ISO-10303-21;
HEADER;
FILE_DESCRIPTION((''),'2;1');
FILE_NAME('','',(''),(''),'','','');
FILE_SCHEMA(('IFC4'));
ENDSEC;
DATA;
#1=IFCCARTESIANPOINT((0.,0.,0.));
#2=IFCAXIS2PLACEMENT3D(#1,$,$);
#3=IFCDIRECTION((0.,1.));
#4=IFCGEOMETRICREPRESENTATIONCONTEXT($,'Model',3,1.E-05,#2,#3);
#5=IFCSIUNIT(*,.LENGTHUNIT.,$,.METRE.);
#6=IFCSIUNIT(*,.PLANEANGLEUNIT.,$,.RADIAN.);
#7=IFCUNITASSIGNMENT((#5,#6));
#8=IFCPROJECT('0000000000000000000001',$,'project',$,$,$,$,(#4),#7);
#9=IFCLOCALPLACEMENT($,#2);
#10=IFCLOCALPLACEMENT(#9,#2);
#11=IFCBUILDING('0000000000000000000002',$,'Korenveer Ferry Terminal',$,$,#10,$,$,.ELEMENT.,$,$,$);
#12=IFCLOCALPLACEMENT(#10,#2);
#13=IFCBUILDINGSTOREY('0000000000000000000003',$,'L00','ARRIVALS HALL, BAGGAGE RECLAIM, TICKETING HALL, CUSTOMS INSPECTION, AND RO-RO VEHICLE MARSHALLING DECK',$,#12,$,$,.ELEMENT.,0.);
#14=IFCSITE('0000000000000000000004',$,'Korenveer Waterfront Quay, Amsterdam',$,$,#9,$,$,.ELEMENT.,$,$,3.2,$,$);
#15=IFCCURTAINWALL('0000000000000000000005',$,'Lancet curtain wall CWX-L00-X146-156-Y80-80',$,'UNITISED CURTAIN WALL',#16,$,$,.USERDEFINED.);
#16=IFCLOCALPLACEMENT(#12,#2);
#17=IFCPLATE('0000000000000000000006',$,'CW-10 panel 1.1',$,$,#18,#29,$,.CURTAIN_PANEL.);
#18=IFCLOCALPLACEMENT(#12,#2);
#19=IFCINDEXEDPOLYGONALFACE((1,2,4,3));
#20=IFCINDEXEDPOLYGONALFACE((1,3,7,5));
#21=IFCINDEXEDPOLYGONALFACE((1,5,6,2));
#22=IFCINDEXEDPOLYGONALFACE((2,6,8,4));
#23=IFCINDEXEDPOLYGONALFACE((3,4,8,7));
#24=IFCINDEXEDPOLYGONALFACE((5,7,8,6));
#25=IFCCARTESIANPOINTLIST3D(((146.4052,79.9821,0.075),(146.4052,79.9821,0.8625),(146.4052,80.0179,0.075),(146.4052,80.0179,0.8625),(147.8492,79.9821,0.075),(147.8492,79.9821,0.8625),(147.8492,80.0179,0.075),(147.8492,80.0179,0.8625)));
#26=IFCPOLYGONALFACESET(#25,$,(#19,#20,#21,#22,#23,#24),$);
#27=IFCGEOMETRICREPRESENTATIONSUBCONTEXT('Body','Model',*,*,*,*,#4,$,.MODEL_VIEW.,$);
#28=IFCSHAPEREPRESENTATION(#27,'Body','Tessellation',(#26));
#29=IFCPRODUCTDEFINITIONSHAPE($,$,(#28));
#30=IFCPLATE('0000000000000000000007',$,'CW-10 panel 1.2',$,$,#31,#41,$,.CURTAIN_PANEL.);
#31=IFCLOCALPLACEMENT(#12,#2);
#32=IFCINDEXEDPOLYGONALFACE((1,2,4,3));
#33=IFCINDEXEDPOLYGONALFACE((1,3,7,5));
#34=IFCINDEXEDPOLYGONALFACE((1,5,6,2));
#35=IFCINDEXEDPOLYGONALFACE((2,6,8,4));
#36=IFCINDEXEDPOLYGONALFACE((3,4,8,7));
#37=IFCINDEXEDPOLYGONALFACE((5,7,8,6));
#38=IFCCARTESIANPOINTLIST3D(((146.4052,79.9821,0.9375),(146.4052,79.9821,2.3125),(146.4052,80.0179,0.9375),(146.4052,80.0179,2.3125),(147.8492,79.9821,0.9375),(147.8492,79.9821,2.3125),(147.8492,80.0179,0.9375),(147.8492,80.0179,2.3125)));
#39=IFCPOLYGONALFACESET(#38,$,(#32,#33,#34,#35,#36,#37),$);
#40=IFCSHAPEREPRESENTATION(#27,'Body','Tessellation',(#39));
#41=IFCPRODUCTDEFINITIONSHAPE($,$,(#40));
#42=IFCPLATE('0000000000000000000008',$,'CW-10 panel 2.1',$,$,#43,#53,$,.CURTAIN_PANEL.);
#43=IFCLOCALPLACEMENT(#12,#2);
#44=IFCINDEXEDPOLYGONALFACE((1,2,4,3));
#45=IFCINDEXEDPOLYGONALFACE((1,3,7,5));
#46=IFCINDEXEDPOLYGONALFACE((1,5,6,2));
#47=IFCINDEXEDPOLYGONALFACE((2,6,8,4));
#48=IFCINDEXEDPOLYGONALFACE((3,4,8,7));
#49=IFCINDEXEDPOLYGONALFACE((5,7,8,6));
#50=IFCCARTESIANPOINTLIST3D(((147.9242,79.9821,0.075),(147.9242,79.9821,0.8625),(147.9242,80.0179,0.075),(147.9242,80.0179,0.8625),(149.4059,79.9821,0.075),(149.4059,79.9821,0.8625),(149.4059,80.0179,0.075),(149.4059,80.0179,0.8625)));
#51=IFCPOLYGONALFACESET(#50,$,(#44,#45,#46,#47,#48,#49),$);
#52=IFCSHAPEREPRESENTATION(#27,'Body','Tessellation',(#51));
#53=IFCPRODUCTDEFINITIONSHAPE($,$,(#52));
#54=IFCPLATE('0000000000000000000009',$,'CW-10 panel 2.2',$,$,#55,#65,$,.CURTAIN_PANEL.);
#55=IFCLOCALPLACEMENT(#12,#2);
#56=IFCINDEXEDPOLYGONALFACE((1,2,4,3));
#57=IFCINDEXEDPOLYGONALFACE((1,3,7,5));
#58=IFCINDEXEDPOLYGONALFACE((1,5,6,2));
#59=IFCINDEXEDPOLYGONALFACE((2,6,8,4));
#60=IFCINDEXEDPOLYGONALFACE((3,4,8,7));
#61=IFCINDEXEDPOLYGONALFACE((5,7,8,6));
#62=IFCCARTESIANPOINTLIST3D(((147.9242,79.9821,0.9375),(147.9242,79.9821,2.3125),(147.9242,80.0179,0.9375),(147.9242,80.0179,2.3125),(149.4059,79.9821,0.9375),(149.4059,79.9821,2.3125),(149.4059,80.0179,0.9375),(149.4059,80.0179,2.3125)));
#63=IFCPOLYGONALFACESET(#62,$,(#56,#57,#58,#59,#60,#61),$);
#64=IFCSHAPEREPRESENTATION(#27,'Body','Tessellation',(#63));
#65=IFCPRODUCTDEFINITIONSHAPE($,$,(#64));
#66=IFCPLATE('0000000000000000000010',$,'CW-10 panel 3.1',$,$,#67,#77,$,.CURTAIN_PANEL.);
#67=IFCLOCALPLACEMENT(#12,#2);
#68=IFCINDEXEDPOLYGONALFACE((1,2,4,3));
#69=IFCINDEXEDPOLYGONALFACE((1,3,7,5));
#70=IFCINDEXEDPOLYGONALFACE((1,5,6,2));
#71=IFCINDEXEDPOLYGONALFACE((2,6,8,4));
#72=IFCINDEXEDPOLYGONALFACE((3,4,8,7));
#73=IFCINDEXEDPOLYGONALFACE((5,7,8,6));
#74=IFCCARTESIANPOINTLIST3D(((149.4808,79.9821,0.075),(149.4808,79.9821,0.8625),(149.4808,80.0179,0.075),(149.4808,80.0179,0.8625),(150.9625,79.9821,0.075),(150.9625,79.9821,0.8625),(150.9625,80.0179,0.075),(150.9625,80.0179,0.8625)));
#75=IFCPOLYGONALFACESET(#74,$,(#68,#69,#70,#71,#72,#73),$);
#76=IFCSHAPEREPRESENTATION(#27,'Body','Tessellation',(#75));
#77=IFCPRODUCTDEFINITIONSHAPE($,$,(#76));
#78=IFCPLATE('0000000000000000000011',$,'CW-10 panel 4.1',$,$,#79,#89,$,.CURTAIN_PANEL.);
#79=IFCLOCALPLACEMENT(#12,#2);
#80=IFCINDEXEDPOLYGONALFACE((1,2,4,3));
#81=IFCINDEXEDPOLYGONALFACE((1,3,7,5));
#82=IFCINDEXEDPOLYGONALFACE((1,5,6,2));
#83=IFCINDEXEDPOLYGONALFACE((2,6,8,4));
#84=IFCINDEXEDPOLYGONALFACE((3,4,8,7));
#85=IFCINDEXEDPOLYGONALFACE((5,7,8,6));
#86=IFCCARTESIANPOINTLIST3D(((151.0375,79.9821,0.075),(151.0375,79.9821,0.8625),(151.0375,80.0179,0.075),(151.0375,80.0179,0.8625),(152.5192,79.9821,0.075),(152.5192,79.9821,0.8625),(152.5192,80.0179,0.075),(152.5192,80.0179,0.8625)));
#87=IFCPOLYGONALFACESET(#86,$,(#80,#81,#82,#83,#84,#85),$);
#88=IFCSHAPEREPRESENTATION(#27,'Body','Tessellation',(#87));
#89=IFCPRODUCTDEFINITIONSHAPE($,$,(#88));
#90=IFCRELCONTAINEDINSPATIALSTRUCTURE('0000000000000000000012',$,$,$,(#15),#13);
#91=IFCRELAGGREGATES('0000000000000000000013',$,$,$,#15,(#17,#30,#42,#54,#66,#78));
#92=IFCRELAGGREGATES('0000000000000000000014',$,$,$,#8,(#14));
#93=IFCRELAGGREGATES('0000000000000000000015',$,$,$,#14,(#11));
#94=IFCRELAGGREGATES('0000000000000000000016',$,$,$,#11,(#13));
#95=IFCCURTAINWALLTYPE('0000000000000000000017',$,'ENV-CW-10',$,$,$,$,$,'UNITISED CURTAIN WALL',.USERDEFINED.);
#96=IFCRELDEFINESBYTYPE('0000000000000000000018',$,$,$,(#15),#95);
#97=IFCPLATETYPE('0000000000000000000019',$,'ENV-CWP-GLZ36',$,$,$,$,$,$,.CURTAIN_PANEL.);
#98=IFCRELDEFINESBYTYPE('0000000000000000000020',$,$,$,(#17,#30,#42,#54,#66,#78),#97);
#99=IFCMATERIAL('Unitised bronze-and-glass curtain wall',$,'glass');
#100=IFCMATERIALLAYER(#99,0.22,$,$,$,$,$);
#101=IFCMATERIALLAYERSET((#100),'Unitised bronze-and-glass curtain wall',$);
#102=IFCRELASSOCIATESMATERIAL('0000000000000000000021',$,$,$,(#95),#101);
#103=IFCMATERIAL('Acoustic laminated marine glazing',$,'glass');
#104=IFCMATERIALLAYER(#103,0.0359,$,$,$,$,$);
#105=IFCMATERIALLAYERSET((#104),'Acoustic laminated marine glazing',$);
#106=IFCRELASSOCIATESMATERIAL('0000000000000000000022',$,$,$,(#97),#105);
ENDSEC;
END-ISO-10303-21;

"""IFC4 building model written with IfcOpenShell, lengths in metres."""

from ifc_helpers import new_model, si_unit, direction, frame, origin, origin_2d, place, context, subcontext, project, spatial, rectangle, extrude, material, layer, layer_set, type_object, element, aggregate, save


model = new_model("IFC4")

# Units and contexts
model_context = context("Model", 3, precision=1e-05, world=origin(), true_north=direction((0.0, 1.0)))
body_context = subcontext(model_context, "Body", "Model", "MODEL_VIEW")
ifc_project = project(units=[si_unit("LENGTHUNIT", "METRE"), si_unit("PLANEANGLEUNIT", "RADIAN")], contexts=[model_context])

# Site, building, storey
site_placement = place(None, origin())
site = spatial("IfcSite", under=ifc_project, at=site_placement, Name="Korenveer Waterfront Quay, Amsterdam", CompositionType="ELEMENT", RefElevation=3.2)
building_placement = place(site_placement, origin())
building = spatial("IfcBuilding", under=site, at=building_placement, Name="Korenveer Ferry Terminal", CompositionType="ELEMENT")
storey_placement = place(building_placement, origin())
storey = spatial("IfcBuildingStorey", under=building, at=storey_placement, Name="L00", Description="ARRIVALS HALL, BAGGAGE RECLAIM, TICKETING HALL, CUSTOMS INSPECTION, AND RO-RO VEHICLE MARSHALLING DECK", CompositionType="ELEMENT", Elevation=0.0)

# Curtain wall, plates
ifc_material_1 = material(Name="Unitised bronze-and-glass curtain wall", Category="glass")
ifc_layer_1 = layer(ifc_material_1, 0.22)
ifc_layer_set_1 = layer_set([ifc_layer_1], Name="Unitised bronze-and-glass curtain wall")
curtain_wall_type = type_object("IfcCurtainWallType", Name="ENV-CW-10", ElementType="UNITISED CURTAIN WALL", PredefinedType="USERDEFINED", material=ifc_layer_set_1)
curtain_wall_placement = place(storey_placement, frame((146.3301, 80.0, 0.0)))
curtain_wall = element("IfcCurtainWall", 1, at=curtain_wall_placement, inside=storey, type_object=curtain_wall_type, Name="Lancet curtain wall CWX-L00-X146-156-Y80-80", ObjectType="UNITISED CURTAIN WALL", PredefinedType="USERDEFINED")
ifc_material_2 = material(Name="Acoustic laminated marine glazing", Category="glass")
ifc_layer_2 = layer(ifc_material_2, 0.0359)
ifc_layer_set_2 = layer_set([ifc_layer_2], Name="Acoustic laminated marine glazing")
plate_type = type_object("IfcPlateType", Name="ENV-CWP-GLZ36", PredefinedType="CURTAIN_PANEL", material=ifc_layer_set_2)
plate_1_placement = place(storey_placement, frame((147.1272, 80.0, 0.075), z_axis=(0.0, 0.0, 1.0), x_axis=(1.0, 0.0, 0.0)))
plate_1 = element("IfcPlate", 2, at=plate_1_placement, type_object=plate_type, Name="CW-10 panel 1.1", PredefinedType="CURTAIN_PANEL", context=body_context, shape_type="SweptSolid", body=[
    extrude(rectangle(XDim=1.4441, YDim=0.0359, at=origin_2d()), origin(), (0.0, 0.0, 1.0), 0.7876),
])
plate_2_placement = place(storey_placement, frame((147.1272, 80.0, 0.9375), z_axis=(0.0, 0.0, 1.0), x_axis=(1.0, 0.0, 0.0)))
plate_2 = element("IfcPlate", 3, at=plate_2_placement, type_object=plate_type, Name="CW-10 panel 1.2", PredefinedType="CURTAIN_PANEL", context=body_context, shape_type="SweptSolid", body=[
    extrude(rectangle(XDim=1.4441, YDim=0.0359, at=origin_2d()), origin(), (0.0, 0.0, 1.0), 1.375),
])
plate_3_placement = place(storey_placement, frame((148.665, 80.0, 0.075), z_axis=(0.0, 0.0, 1.0), x_axis=(1.0, 0.0, 0.0)))
plate_3 = element("IfcPlate", 4, at=plate_3_placement, type_object=plate_type, Name="CW-10 panel 2.1", PredefinedType="CURTAIN_PANEL", context=body_context, shape_type="SweptSolid", body=[
    extrude(rectangle(XDim=1.4817, YDim=0.0359, at=origin_2d()), origin(), (0.0, 0.0, 1.0), 0.7876),
])
plate_4_placement = place(storey_placement, frame((148.665, 80.0, 0.9375), z_axis=(0.0, 0.0, 1.0), x_axis=(1.0, 0.0, 0.0)))
plate_4 = element("IfcPlate", 5, at=plate_4_placement, type_object=plate_type, Name="CW-10 panel 2.2", PredefinedType="CURTAIN_PANEL", context=body_context, shape_type="SweptSolid", body=[
    extrude(rectangle(XDim=1.4817, YDim=0.0359, at=origin_2d()), origin(), (0.0, 0.0, 1.0), 1.375),
])
plate_5_placement = place(storey_placement, frame((150.2217, 80.0, 0.075), z_axis=(0.0, 0.0, 1.0), x_axis=(1.0, 0.0, 0.0)))
plate_5 = element("IfcPlate", 6, at=plate_5_placement, type_object=plate_type, Name="CW-10 panel 3.1", PredefinedType="CURTAIN_PANEL", context=body_context, shape_type="SweptSolid", body=[
    extrude(rectangle(XDim=1.4817, YDim=0.0359, at=origin_2d()), origin(), (0.0, 0.0, 1.0), 0.7876),
])
plate_6_placement = place(storey_placement, frame((151.7783, 80.0, 0.075), z_axis=(0.0, 0.0, 1.0), x_axis=(1.0, 0.0, 0.0)))
plate_6 = element("IfcPlate", 7, at=plate_6_placement, type_object=plate_type, Name="CW-10 panel 4.1", PredefinedType="CURTAIN_PANEL", context=body_context, shape_type="SweptSolid", body=[
    extrude(rectangle(XDim=1.4817, YDim=0.0359, at=origin_2d()), origin(), (0.0, 0.0, 1.0), 0.7876),
])
aggregate(curtain_wall, [plate_1, plate_2, plate_3, plate_4, plate_5, plate_6])

save(model, "model.ifc")
